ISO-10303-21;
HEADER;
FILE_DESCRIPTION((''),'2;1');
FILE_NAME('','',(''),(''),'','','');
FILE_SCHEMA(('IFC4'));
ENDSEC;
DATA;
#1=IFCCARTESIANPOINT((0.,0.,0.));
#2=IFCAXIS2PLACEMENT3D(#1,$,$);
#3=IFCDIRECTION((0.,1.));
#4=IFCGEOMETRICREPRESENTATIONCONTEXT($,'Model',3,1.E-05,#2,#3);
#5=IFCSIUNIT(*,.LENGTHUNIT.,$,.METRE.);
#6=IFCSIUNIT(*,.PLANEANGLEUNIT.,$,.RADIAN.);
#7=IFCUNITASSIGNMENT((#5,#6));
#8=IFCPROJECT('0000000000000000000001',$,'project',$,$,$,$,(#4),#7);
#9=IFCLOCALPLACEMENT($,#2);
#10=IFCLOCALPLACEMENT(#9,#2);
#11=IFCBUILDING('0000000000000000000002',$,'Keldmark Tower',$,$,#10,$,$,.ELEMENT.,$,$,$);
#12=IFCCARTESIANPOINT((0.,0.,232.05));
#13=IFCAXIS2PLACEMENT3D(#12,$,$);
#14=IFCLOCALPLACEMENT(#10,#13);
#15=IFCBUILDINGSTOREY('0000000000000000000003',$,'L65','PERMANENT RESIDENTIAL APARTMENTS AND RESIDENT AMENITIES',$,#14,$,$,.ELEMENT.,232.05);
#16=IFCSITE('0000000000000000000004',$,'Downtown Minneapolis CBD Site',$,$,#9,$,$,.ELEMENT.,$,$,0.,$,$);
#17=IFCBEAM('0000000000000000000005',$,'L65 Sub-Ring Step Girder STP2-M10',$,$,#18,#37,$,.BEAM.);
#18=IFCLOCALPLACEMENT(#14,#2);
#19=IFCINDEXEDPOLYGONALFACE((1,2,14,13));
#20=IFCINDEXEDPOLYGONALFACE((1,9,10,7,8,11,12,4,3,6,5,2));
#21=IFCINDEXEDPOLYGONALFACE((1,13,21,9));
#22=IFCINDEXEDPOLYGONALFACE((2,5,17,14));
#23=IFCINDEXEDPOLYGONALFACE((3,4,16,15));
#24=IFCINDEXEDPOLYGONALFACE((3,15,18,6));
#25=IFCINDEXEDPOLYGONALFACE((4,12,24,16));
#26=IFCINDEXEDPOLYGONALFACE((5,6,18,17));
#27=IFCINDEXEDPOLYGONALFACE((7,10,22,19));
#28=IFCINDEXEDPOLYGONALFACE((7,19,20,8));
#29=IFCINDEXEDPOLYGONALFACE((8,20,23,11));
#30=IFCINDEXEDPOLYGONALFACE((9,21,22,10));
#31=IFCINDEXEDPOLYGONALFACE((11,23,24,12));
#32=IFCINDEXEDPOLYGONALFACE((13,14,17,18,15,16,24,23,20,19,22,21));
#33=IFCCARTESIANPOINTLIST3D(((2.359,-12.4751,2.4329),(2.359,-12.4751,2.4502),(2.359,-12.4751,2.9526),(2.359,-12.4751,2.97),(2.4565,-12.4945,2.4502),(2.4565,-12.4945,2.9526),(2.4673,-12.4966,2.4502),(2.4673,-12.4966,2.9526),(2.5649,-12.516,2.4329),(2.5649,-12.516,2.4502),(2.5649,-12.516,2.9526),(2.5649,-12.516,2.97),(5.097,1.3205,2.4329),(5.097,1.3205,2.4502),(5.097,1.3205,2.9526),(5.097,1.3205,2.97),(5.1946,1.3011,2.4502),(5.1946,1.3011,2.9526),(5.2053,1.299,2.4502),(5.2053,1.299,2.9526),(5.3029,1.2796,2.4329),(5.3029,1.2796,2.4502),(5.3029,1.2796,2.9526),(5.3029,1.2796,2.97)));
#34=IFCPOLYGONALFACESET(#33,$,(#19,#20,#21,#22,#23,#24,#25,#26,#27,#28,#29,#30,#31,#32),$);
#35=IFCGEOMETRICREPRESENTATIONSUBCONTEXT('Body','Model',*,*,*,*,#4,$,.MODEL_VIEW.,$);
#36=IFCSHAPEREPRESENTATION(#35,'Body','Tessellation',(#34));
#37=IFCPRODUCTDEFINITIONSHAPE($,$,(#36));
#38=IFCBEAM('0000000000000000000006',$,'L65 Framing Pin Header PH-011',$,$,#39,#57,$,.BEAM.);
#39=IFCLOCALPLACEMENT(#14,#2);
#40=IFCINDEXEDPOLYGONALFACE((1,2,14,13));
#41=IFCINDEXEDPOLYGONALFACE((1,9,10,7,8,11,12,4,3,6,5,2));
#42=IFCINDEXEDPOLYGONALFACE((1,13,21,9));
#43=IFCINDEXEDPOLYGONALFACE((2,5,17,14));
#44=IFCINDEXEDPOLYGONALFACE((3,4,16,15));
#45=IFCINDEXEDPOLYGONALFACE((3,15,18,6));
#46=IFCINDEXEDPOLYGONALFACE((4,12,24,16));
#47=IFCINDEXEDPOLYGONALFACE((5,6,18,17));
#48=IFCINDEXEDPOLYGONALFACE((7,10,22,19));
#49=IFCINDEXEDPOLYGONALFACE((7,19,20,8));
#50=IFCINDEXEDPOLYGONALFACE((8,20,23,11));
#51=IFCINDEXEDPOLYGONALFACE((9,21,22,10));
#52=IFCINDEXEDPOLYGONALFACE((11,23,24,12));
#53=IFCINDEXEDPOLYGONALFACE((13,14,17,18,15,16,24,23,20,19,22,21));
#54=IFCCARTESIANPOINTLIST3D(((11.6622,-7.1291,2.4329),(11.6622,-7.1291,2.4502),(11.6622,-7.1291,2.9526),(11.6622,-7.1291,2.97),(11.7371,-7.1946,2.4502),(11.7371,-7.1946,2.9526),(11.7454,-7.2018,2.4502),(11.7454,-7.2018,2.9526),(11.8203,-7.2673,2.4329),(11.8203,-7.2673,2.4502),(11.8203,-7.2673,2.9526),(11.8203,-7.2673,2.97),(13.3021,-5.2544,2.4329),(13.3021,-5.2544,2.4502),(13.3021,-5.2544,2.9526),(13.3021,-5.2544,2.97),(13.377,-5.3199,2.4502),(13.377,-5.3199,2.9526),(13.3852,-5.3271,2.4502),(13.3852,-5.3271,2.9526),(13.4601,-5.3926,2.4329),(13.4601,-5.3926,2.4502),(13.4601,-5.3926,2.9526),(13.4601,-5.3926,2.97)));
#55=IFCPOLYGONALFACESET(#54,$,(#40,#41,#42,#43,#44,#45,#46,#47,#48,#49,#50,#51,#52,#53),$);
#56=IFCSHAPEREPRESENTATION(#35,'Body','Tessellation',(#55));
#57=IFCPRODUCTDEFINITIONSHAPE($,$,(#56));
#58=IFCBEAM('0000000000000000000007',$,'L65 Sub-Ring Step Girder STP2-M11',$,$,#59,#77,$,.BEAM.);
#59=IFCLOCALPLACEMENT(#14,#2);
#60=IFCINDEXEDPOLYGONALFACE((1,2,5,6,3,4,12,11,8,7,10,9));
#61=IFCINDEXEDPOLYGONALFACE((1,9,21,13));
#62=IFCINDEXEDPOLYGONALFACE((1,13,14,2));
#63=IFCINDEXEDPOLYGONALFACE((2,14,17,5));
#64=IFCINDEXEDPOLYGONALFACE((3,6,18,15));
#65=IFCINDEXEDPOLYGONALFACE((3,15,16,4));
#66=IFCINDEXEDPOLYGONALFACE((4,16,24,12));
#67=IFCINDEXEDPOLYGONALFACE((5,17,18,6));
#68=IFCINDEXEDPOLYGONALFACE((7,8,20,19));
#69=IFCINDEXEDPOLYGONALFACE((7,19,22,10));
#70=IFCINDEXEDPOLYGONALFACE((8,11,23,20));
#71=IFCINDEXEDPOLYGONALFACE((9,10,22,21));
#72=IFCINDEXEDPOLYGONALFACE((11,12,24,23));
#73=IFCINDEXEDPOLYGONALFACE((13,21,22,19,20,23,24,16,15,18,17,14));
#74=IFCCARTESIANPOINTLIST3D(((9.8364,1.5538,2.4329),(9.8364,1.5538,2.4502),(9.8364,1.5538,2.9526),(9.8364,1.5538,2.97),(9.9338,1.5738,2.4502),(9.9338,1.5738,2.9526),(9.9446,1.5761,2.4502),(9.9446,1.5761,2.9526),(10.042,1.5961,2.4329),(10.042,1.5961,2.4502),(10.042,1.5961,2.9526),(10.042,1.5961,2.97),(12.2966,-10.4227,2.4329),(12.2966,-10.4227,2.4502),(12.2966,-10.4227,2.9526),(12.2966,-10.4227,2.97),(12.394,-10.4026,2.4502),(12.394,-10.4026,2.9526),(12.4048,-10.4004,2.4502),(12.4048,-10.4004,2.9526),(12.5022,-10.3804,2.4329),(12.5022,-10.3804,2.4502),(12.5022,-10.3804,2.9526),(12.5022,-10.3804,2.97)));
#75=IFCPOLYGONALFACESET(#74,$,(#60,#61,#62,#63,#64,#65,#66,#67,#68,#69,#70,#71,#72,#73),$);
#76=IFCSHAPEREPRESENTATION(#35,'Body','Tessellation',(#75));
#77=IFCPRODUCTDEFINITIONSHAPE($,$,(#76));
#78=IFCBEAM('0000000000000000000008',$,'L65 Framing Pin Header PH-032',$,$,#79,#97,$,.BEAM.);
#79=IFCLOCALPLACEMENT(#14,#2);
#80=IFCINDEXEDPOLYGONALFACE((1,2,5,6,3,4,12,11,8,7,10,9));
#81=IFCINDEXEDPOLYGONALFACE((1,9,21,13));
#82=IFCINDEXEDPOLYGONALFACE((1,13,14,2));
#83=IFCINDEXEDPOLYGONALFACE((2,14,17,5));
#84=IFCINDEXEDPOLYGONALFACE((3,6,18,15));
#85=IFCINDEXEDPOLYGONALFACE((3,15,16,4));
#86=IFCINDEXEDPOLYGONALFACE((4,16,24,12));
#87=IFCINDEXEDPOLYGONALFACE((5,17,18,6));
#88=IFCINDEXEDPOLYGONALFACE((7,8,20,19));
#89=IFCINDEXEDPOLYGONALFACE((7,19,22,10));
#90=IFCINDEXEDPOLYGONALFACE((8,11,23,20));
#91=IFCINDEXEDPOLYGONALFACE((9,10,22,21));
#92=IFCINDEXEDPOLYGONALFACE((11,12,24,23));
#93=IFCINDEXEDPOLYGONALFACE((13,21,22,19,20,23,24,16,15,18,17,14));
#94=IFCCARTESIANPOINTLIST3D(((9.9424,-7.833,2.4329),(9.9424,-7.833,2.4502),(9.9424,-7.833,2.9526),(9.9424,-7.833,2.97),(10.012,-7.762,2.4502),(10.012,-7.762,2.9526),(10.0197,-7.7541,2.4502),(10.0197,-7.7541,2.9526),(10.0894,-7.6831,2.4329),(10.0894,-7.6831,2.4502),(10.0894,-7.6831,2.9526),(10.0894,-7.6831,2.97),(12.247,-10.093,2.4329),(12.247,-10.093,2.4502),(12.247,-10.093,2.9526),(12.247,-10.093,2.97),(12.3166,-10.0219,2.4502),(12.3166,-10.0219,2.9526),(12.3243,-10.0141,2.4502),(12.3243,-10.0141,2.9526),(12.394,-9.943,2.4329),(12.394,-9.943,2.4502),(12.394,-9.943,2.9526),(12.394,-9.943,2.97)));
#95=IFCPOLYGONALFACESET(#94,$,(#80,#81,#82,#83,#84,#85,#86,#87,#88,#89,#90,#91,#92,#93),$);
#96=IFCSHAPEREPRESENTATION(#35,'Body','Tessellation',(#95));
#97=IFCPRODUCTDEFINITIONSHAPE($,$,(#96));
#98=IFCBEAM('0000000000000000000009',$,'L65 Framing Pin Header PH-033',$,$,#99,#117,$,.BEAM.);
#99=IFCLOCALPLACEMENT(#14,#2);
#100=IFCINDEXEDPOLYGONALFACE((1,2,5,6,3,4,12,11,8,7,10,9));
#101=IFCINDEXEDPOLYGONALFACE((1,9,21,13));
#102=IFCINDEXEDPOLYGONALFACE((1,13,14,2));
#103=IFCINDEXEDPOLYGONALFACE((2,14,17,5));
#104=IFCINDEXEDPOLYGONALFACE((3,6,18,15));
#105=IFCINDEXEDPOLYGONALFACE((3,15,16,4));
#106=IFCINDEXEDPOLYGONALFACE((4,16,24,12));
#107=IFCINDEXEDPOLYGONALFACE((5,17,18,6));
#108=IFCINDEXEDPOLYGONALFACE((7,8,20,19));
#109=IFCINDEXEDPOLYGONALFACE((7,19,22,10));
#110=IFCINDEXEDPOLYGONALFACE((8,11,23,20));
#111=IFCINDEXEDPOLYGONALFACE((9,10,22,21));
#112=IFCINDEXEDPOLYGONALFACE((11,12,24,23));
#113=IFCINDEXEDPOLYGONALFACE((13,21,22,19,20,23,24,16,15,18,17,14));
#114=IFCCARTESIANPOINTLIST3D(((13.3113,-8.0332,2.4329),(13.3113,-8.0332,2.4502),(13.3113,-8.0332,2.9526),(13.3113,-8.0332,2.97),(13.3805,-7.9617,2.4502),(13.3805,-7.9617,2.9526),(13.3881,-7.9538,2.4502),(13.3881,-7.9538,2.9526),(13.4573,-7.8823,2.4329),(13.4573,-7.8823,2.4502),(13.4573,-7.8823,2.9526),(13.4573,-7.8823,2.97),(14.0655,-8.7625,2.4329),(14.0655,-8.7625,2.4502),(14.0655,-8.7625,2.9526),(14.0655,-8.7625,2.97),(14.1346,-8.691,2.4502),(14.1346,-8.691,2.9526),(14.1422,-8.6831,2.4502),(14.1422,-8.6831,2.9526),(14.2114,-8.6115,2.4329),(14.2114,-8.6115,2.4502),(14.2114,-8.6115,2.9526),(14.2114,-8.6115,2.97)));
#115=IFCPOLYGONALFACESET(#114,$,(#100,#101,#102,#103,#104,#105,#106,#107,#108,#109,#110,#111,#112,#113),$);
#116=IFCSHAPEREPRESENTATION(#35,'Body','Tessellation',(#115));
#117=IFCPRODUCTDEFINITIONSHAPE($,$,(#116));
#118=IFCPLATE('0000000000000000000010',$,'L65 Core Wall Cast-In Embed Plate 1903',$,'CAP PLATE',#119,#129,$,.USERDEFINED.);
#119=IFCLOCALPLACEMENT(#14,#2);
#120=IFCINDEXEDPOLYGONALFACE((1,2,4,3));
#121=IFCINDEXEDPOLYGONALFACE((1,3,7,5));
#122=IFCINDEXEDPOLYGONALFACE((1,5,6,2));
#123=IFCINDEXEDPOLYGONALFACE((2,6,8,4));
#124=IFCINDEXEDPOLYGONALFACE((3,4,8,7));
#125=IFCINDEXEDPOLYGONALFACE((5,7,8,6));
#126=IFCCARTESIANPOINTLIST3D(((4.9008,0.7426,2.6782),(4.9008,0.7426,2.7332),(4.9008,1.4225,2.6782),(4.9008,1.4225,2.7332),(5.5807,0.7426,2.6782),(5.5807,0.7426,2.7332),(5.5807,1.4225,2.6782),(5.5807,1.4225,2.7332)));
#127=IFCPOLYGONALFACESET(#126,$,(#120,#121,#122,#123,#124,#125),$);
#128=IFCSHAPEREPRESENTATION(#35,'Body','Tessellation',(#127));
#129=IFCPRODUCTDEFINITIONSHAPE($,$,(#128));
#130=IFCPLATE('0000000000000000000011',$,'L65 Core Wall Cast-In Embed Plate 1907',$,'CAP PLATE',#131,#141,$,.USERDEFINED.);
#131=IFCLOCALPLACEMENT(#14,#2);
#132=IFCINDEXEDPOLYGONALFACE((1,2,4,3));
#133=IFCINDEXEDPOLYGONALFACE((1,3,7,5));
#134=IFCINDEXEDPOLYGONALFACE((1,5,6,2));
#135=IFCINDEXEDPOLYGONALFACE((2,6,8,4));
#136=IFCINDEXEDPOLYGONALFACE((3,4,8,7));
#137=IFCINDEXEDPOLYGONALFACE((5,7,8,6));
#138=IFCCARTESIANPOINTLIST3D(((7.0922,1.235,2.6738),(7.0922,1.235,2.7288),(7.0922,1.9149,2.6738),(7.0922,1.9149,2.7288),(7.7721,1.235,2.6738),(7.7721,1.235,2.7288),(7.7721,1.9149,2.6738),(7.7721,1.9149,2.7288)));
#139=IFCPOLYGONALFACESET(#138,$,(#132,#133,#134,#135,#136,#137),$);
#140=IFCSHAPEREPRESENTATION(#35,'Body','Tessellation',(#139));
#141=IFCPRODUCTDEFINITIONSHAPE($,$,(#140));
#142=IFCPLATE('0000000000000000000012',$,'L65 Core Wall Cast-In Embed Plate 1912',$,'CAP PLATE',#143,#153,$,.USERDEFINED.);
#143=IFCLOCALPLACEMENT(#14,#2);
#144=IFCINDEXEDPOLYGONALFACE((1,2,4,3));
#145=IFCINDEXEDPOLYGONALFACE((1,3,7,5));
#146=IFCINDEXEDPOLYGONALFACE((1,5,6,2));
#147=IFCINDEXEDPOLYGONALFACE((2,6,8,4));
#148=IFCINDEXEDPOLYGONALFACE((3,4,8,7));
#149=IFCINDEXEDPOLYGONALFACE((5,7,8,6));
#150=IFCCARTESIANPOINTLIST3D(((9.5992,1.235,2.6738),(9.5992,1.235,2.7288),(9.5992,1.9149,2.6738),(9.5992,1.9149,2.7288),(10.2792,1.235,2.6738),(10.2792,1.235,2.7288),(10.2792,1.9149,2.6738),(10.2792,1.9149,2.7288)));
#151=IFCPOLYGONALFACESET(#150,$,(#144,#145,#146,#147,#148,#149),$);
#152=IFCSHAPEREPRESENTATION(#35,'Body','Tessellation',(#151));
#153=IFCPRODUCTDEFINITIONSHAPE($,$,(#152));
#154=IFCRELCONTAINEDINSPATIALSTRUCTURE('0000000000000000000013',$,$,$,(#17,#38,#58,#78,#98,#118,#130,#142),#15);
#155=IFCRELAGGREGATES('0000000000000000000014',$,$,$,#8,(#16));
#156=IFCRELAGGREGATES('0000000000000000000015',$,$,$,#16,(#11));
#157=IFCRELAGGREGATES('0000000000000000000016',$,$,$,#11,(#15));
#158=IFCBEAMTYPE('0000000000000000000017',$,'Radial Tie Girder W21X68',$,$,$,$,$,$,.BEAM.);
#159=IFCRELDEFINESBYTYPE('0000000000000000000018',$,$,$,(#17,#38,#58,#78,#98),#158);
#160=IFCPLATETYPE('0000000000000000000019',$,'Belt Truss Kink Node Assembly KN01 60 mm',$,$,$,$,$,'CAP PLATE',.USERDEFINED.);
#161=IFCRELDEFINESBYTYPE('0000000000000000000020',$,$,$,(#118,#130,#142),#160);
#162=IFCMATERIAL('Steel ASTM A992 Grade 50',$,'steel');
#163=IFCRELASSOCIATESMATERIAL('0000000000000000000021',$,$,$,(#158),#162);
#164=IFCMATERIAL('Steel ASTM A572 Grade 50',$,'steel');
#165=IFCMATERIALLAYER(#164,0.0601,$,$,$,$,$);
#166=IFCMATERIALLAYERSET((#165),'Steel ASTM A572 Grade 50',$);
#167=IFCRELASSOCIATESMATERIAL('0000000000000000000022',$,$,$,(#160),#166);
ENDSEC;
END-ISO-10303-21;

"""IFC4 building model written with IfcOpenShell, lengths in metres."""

from ifc_helpers import new_model, si_unit, direction, frame, origin, origin_2d, place, context, subcontext, project, spatial, rectangle, i_section, extrude, material, layer, layer_set, material_profile, profile_set, type_object, element, save


model = new_model("IFC4")

# Units and contexts
model_context = context("Model", 3, precision=1e-05, world=origin(), true_north=direction((0.0, 1.0)))
body_context = subcontext(model_context, "Body", "Model", "MODEL_VIEW")
ifc_project = project(units=[si_unit("LENGTHUNIT", "METRE"), si_unit("PLANEANGLEUNIT", "RADIAN")], contexts=[model_context])

# Site, building, storey
site_placement = place(None, origin())
site = spatial("IfcSite", under=ifc_project, at=site_placement, Name="Downtown Minneapolis CBD Site", CompositionType="ELEMENT", RefElevation=0.0)
building_placement = place(site_placement, origin())
building = spatial("IfcBuilding", under=site, at=building_placement, Name="Keldmark Tower", CompositionType="ELEMENT")
storey_placement = place(building_placement, frame((0.0, 0.0, 232.05)))
storey = spatial("IfcBuildingStorey", under=building, at=storey_placement, Name="L65", Description="PERMANENT RESIDENTIAL APARTMENTS AND RESIDENT AMENITIES", CompositionType="ELEMENT", Elevation=232.05)

# Beams
ifc_material_1 = material(Name="Steel ASTM A992 Grade 50", Category="steel")
ifc_material_profile_1 = material_profile(ifc_material_1, i_section(OverallWidth=0.21, OverallDepth=0.5371, WebThickness=0.011, FlangeThickness=0.0173, at=origin_2d()), Name="W21X68")
ifc_profile_set_1 = profile_set([ifc_material_profile_1], Name="Steel ASTM A992 Grade 50")
beam_type_1 = type_object("IfcBeamType", Name="Radial Tie Girder W21X68", PredefinedType="BEAM", material=ifc_profile_set_1)
beam_1_placement = place(storey_placement, frame((5.2, 1.3, 2.7014), z_axis=(-0.194674, -0.980868, 0.0), x_axis=(0.980868, -0.194674, 0.0)))
element("IfcBeam", 1, at=beam_1_placement, inside=storey, type_object=beam_type_1, Name="L65 Sub-Ring Step Girder STP2-M10", PredefinedType="BEAM", context=body_context, shape_type="SweptSolid", body=[
    extrude(i_section(OverallWidth=0.21, OverallDepth=0.5371, WebThickness=0.011, FlangeThickness=0.0173, at=origin_2d()), origin(), (0.0, 0.0, 1.0), 14.0647),
])
beam_2_placement = place(storey_placement, frame((13.3811, -5.3235, 2.7014), z_axis=(-0.658387, -0.75268, 0.0), x_axis=(0.75268, -0.658387, 0.0)))
element("IfcBeam", 2, at=beam_2_placement, inside=storey, type_object=beam_type_1, Name="L65 Framing Pin Header PH-011", PredefinedType="BEAM", context=body_context, shape_type="SweptSolid", body=[
    extrude(i_section(OverallWidth=0.21, OverallDepth=0.5371, WebThickness=0.011, FlangeThickness=0.0173, at=origin_2d()), origin(), (0.0, 0.0, 1.0), 2.4907),
])
beam_3_placement = place(storey_placement, frame((9.9392, 1.575, 2.7014), z_axis=(0.201217, -0.979547, 0.0), x_axis=(0.979547, 0.201217, 0.0)))
element("IfcBeam", 3, at=beam_3_placement, inside=storey, type_object=beam_type_1, Name="L65 Sub-Ring Step Girder STP2-M11", PredefinedType="BEAM", context=body_context, shape_type="SweptSolid", body=[
    extrude(i_section(OverallWidth=0.21, OverallDepth=0.5371, WebThickness=0.011, FlangeThickness=0.0173, at=origin_2d()), origin(), (0.0, 0.0, 1.0), 12.2266),
])
beam_4_placement = place(storey_placement, frame((10.0159, -7.7581, 2.7014), z_axis=(0.713994, -0.700152, 0.0), x_axis=(0.700152, 0.713994, 0.0)))
element("IfcBeam", 4, at=beam_4_placement, inside=storey, type_object=beam_type_1, Name="L65 Framing Pin Header PH-032", PredefinedType="BEAM", context=body_context, shape_type="SweptSolid", body=[
    extrude(i_section(OverallWidth=0.21, OverallDepth=0.5371, WebThickness=0.011, FlangeThickness=0.0173, at=origin_2d()), origin(), (0.0, 0.0, 1.0), 3.2278),
])
beam_5_placement = place(storey_placement, frame((13.3843, -7.9578, 2.7014), z_axis=(0.718876, -0.695138, 0.0), x_axis=(0.695138, 0.718876, 0.0)))
element("IfcBeam", 5, at=beam_5_placement, inside=storey, type_object=beam_type_1, Name="L65 Framing Pin Header PH-033", PredefinedType="BEAM", context=body_context, shape_type="SweptSolid", body=[
    extrude(i_section(OverallWidth=0.21, OverallDepth=0.5371, WebThickness=0.011, FlangeThickness=0.0173, at=origin_2d()), origin(), (0.0, 0.0, 1.0), 1.0491),
])

# Plates
ifc_material_2 = material(Name="Steel ASTM A572 Grade 50", Category="steel")
ifc_layer_1 = layer(ifc_material_2, 0.0601)
ifc_layer_set_1 = layer_set([ifc_layer_1], Name="Steel ASTM A572 Grade 50")
plate_type = type_object("IfcPlateType", Name="Belt Truss Kink Node Assembly KN01 60 mm", ElementType="CAP PLATE", PredefinedType="USERDEFINED", material=ifc_layer_set_1)
for number, where, z_axis, x_axis, name in (
    (6, (5.2407, 1.0825, 2.6782), (0.0, 0.0, 1.0), (1.0, 0.0, 0.0), "L65 Core Wall Cast-In Embed Plate 1903"),
    (7, (7.4321, 1.575, 2.6738), (0.0, 0.0, 1.0), (1.0, 0.0, 0.0), "L65 Core Wall Cast-In Embed Plate 1907"),
    (8, (9.9392, 1.575, 2.6738), (0.0, 0.0, 1.0), (1.0, 0.0, 0.0), "L65 Core Wall Cast-In Embed Plate 1912"),
):
    element("IfcPlate", number, at=place(storey_placement, frame(where, z_axis=z_axis, x_axis=x_axis)), inside=storey, type_object=plate_type, Name=name, ObjectType="CAP PLATE", PredefinedType="USERDEFINED", context=body_context, shape_type="SweptSolid", body=[
        extrude(rectangle(XDim=0.6799, YDim=0.6799, at=origin_2d()), origin(), (0.0, 0.0, 1.0), 0.0549),
    ])

save(model, "model.ifc")
